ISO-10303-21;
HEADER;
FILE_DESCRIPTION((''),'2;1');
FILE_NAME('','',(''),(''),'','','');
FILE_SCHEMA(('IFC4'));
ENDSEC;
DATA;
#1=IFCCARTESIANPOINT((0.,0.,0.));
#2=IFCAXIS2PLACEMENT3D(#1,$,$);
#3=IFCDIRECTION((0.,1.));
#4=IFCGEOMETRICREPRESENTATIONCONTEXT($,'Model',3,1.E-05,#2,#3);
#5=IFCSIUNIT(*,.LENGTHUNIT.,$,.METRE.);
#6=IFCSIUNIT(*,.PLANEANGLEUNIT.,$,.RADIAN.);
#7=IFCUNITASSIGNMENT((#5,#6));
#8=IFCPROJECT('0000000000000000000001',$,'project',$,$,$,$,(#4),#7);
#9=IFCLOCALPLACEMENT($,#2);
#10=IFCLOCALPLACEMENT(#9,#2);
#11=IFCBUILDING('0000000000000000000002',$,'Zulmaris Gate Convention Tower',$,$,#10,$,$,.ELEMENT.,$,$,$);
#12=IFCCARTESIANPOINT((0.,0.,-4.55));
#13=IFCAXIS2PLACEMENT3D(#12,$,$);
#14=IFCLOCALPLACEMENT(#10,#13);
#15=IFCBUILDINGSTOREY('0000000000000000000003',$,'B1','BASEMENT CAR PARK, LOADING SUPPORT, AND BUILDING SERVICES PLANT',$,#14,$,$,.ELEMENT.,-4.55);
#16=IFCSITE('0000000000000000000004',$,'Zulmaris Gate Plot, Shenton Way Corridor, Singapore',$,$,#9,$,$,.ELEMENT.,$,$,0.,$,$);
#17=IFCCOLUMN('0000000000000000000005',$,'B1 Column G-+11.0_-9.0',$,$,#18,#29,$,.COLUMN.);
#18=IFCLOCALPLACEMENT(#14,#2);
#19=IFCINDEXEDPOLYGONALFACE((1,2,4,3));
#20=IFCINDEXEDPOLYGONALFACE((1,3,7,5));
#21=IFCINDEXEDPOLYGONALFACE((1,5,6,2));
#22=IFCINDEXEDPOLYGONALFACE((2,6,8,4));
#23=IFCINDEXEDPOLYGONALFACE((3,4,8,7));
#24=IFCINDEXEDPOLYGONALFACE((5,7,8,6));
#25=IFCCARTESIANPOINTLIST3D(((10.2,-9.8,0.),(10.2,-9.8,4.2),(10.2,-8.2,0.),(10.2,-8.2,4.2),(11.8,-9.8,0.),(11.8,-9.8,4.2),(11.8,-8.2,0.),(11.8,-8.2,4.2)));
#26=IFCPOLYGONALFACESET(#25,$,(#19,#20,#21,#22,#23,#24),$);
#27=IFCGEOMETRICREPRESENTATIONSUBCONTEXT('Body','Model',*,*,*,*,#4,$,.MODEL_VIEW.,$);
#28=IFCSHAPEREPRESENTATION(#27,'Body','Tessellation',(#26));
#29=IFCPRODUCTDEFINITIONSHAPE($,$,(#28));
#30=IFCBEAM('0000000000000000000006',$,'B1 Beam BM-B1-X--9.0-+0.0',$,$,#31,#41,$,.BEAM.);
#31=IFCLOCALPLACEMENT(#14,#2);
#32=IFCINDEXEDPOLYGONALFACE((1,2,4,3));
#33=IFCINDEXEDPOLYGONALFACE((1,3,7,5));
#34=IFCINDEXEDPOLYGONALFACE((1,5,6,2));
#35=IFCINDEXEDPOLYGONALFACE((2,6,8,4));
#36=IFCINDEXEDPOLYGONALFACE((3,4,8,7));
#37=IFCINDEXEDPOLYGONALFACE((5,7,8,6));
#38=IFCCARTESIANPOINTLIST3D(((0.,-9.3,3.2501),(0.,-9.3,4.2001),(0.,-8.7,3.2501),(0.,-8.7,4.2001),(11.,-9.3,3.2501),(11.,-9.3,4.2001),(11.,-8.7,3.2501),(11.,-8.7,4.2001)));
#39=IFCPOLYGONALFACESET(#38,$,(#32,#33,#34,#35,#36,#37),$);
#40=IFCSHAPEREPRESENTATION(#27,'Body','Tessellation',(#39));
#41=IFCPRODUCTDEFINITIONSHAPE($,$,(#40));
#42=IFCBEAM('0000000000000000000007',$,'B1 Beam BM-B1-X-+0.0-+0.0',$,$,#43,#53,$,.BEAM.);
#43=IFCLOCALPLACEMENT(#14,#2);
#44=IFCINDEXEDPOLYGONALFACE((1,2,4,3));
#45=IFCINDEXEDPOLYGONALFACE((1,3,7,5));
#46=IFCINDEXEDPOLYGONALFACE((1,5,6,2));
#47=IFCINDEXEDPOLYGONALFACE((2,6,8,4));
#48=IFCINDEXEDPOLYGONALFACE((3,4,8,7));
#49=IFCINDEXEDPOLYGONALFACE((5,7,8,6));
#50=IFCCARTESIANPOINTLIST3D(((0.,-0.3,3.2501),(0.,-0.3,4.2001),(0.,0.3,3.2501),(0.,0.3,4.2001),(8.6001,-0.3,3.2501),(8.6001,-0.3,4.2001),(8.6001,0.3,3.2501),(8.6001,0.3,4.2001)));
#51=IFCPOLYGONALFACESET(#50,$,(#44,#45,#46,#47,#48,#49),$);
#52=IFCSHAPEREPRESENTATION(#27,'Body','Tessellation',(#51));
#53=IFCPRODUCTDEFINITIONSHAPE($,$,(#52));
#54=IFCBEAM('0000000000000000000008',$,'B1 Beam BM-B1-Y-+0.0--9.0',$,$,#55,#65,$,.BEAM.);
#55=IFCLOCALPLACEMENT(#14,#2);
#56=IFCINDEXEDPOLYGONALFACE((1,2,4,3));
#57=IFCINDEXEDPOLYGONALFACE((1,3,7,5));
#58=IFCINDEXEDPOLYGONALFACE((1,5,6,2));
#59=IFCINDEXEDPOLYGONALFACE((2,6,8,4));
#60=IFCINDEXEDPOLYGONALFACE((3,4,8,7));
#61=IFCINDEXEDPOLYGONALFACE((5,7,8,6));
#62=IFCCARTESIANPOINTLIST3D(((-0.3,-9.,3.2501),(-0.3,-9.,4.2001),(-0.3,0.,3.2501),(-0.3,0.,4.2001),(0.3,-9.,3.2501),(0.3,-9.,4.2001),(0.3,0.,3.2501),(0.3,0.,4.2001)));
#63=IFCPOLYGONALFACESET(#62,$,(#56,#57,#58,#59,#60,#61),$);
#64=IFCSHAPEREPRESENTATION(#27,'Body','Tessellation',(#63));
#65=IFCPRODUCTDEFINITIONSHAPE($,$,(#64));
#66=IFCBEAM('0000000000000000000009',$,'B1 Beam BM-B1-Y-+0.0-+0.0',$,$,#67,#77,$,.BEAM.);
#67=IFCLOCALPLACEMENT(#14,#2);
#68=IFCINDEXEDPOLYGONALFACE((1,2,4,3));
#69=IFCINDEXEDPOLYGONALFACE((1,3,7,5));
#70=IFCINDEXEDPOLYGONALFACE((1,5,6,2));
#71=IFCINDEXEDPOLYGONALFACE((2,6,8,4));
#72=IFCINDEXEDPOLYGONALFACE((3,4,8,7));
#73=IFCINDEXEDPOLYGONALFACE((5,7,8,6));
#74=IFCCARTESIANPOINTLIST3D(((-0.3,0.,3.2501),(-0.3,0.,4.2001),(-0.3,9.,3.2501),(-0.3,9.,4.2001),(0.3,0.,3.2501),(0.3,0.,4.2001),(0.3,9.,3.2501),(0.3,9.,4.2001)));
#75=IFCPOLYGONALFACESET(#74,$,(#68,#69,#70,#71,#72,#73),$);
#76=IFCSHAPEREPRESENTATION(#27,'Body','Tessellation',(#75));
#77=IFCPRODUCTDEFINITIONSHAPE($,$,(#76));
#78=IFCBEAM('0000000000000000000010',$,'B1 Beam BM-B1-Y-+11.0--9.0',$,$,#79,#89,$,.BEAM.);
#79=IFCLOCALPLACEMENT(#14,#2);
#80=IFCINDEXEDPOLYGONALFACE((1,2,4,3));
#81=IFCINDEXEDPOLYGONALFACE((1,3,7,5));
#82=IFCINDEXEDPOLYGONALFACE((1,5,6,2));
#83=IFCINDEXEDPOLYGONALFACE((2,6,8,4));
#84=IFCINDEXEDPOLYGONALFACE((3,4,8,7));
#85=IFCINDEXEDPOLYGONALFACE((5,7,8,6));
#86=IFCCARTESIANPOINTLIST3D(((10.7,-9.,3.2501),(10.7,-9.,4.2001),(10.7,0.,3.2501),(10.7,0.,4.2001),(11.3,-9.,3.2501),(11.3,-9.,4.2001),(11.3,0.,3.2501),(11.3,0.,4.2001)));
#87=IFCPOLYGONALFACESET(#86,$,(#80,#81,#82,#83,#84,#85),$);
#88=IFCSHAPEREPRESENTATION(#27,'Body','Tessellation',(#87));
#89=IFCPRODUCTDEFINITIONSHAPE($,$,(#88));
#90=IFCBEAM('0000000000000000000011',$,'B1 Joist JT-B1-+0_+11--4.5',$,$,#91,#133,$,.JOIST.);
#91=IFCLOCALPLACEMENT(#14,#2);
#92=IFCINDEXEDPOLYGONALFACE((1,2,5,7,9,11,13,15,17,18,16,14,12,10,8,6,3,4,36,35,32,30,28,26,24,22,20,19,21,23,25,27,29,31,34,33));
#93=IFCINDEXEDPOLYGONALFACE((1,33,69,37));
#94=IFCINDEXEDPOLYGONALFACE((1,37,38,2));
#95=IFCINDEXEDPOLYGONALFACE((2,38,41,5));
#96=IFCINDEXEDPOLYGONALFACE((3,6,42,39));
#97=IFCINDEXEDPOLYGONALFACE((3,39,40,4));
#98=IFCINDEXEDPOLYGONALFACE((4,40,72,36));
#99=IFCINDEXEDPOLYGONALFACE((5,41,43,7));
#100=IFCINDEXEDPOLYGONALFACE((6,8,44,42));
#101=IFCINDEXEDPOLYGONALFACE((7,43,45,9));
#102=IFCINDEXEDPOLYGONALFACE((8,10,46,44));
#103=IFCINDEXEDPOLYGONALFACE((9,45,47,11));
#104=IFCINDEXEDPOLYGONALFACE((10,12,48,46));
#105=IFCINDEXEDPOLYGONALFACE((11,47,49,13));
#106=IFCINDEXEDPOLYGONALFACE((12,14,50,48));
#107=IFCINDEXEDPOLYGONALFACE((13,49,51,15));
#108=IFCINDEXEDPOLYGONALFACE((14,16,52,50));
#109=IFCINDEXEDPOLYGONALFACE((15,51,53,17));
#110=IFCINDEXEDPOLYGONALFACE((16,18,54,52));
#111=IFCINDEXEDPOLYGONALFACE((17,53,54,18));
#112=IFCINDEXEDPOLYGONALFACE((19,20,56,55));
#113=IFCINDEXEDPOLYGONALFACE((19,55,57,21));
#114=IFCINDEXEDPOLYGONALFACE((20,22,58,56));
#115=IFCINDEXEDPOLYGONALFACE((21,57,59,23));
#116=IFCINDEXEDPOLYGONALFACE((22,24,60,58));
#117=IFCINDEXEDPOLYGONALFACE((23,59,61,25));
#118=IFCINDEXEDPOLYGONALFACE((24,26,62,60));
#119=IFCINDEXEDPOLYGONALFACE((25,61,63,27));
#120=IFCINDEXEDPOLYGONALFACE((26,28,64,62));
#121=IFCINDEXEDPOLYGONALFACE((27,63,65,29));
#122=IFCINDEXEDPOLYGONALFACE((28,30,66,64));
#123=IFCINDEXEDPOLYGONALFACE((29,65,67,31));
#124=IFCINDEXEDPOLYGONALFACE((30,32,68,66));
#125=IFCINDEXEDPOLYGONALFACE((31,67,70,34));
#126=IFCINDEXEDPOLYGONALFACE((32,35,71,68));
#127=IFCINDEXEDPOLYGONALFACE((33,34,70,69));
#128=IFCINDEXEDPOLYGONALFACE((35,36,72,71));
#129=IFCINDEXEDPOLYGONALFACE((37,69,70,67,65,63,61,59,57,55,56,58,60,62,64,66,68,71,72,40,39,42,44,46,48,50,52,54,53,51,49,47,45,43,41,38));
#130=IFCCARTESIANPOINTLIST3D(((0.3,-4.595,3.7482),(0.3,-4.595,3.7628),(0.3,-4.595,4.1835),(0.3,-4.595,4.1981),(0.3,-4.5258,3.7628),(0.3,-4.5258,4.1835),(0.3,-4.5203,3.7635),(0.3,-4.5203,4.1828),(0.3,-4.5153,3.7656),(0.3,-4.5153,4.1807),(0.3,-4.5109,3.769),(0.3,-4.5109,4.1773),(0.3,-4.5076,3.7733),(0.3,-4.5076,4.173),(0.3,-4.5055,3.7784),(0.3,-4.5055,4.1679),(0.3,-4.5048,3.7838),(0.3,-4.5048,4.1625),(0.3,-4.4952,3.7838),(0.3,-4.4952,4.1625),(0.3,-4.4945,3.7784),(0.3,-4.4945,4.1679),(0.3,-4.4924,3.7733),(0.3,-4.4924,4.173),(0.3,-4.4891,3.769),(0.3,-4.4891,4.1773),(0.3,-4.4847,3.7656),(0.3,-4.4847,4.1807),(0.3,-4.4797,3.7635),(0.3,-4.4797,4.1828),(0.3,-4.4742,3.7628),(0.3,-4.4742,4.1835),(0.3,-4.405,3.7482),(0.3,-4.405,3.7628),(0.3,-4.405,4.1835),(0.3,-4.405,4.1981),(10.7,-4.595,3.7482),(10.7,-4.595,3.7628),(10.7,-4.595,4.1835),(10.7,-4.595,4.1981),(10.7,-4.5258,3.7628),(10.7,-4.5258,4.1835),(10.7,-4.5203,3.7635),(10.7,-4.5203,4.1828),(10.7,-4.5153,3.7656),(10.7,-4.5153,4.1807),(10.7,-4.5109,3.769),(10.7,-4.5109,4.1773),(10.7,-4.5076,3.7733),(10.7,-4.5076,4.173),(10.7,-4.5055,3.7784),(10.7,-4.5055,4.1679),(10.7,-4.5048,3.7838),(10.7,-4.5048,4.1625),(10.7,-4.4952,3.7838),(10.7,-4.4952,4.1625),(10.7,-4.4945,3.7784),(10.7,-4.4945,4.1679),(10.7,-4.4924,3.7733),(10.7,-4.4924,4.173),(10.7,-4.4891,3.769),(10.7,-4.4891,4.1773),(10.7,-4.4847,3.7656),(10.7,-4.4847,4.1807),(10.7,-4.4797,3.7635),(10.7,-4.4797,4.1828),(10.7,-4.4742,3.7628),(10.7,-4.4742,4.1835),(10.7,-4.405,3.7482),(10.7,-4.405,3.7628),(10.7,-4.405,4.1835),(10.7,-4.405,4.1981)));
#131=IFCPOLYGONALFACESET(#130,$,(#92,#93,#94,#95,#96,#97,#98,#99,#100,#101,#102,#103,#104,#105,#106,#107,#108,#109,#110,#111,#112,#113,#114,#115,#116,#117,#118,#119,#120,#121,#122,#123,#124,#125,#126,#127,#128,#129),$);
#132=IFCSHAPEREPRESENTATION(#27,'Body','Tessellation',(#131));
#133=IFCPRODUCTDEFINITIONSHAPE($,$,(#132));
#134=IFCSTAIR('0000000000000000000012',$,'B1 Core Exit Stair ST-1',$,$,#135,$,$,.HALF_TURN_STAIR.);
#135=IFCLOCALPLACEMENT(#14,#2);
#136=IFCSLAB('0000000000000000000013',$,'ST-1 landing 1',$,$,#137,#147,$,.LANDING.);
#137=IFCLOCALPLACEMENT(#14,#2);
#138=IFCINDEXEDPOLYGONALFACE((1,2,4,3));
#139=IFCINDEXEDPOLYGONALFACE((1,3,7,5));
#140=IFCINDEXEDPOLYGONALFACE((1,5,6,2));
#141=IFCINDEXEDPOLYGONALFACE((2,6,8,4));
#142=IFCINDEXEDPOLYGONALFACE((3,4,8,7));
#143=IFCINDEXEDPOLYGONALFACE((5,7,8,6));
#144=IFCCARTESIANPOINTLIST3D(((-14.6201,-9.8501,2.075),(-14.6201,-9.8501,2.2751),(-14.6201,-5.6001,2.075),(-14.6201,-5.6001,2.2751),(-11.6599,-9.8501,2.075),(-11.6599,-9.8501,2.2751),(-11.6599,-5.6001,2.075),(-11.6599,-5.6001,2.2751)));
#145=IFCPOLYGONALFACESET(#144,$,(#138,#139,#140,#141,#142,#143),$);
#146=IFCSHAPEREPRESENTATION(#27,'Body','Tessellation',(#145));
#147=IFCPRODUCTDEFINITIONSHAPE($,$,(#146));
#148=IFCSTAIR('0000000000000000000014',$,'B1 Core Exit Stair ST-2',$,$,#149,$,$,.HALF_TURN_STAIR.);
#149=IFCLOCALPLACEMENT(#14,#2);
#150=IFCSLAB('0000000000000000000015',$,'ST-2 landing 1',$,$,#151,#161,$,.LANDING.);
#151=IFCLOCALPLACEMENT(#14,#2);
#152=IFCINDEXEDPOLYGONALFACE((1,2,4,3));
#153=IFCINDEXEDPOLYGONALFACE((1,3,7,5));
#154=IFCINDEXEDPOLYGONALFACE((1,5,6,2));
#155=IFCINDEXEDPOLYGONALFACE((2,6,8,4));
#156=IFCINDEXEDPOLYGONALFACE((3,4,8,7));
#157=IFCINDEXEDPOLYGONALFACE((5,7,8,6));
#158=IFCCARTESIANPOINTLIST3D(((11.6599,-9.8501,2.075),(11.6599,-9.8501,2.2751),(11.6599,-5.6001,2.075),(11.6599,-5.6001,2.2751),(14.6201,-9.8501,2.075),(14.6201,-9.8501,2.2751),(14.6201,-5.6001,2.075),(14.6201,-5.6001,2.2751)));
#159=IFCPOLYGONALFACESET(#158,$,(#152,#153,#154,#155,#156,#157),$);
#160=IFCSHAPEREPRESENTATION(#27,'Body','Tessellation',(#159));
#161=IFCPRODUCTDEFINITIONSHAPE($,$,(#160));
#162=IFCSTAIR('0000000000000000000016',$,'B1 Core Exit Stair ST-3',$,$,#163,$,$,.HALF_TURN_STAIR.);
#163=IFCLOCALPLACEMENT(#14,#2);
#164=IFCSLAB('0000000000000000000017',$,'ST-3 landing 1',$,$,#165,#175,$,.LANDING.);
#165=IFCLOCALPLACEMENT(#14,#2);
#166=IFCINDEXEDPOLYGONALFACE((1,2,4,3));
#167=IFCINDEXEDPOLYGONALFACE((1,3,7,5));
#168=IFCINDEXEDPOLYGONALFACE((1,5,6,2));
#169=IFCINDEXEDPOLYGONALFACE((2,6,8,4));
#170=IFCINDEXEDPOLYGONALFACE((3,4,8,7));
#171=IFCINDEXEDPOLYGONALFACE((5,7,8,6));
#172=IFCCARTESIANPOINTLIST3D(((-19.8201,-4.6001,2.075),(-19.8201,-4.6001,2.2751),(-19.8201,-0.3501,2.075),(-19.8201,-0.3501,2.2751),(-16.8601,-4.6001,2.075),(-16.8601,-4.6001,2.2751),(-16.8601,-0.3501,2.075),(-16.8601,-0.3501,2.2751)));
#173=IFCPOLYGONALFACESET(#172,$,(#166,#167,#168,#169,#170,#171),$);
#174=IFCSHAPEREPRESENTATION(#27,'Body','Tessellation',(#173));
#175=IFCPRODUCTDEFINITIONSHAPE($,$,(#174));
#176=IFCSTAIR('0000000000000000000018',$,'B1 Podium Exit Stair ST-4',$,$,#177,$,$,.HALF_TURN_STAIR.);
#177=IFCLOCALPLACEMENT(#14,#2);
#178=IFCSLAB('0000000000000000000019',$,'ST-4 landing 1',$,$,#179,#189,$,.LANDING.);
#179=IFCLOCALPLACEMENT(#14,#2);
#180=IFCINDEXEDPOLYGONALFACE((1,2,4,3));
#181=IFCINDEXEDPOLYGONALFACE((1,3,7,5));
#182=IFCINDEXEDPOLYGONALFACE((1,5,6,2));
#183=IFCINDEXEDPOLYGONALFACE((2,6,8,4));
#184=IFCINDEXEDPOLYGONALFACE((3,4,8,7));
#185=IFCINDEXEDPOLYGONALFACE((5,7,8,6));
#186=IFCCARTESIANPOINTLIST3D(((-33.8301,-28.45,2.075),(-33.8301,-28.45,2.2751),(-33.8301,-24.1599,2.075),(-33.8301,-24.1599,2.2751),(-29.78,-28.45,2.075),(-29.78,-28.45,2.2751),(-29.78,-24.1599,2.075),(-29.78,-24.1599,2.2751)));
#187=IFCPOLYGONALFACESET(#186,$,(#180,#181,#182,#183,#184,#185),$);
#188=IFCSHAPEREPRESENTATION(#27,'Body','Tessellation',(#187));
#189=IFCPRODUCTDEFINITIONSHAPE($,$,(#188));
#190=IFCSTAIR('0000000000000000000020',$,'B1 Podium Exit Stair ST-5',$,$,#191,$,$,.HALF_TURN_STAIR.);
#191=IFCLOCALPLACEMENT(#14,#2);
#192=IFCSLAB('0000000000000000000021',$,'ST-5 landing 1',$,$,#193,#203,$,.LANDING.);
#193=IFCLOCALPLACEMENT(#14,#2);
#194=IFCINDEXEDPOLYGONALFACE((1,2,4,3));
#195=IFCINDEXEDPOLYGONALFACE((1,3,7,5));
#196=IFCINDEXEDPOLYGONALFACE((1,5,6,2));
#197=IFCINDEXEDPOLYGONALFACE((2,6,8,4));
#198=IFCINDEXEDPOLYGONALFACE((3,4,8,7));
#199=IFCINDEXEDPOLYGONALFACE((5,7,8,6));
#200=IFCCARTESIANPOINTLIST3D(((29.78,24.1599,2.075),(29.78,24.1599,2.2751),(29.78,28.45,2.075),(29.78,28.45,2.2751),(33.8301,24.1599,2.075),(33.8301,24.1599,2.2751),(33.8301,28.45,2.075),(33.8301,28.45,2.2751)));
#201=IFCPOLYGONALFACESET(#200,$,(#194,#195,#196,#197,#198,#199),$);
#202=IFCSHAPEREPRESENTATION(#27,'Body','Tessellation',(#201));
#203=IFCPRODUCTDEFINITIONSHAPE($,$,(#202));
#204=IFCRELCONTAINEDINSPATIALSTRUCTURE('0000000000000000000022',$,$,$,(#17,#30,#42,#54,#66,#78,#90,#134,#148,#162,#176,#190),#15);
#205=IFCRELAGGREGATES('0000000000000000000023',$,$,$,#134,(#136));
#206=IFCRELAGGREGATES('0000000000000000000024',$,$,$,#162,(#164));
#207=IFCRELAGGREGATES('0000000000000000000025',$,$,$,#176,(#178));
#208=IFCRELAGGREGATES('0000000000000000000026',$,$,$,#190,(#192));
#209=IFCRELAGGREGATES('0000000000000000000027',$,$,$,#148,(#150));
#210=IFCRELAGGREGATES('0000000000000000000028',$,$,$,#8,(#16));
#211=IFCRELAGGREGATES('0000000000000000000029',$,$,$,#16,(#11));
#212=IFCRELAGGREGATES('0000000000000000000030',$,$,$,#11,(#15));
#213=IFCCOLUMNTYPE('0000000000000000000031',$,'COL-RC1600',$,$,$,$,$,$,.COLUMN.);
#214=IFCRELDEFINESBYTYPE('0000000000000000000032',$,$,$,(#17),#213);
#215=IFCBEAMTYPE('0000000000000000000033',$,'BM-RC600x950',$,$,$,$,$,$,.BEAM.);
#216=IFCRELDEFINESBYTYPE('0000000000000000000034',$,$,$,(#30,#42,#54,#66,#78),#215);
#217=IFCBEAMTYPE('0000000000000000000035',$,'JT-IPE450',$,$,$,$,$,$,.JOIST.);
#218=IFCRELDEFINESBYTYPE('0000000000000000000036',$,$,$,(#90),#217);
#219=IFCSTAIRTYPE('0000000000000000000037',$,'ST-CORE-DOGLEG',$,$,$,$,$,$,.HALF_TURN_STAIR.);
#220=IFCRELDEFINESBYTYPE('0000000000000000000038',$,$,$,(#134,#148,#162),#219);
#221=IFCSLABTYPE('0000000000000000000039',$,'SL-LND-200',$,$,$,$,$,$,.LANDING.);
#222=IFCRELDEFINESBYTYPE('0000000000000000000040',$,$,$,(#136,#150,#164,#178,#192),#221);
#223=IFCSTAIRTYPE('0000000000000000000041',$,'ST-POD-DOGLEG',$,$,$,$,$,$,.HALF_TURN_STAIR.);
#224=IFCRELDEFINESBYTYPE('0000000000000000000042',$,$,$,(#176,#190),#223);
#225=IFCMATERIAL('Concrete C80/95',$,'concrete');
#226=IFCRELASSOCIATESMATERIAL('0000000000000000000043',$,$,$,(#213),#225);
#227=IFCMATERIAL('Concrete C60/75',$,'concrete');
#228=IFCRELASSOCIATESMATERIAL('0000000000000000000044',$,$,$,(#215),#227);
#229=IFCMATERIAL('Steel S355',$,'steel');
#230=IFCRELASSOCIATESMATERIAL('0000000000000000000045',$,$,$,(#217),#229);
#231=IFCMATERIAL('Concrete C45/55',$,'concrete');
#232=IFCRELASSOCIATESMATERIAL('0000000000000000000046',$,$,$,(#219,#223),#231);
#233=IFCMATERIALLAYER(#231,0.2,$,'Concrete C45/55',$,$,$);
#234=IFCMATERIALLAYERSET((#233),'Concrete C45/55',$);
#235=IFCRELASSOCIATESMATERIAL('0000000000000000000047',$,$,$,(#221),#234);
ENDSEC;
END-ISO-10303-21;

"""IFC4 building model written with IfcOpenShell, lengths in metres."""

from ifc_helpers import new_model, si_unit, direction, frame, origin, origin_2d, place, context, subcontext, project, spatial, polyline, rectangle, i_section, outline, extrude, material, layer, layer_set, material_profile, profile_set, type_object, element, aggregate, save


model = new_model("IFC4")

# Units and contexts
model_context = context("Model", 3, precision=1e-05, world=origin(), true_north=direction((0.0, 1.0)))
body_context = subcontext(model_context, "Body", "Model", "MODEL_VIEW")
ifc_project = project(units=[si_unit("LENGTHUNIT", "METRE"), si_unit("PLANEANGLEUNIT", "RADIAN")], contexts=[model_context])

# Site, building, storey
site_placement = place(None, origin())
site = spatial("IfcSite", under=ifc_project, at=site_placement, Name="Zulmaris Gate Plot, Shenton Way Corridor, Singapore", CompositionType="ELEMENT", RefElevation=0.0)
building_placement = place(site_placement, origin())
building = spatial("IfcBuilding", under=site, at=building_placement, Name="Zulmaris Gate Convention Tower", CompositionType="ELEMENT")
storey_placement = place(building_placement, frame((0.0, 0.0, -4.55)))
storey = spatial("IfcBuildingStorey", under=building, at=storey_placement, Name="B1", Description="BASEMENT CAR PARK, LOADING SUPPORT, AND BUILDING SERVICES PLANT", CompositionType="ELEMENT", Elevation=-4.55)

# Column
ifc_material_1 = material(Name="Concrete C80/95", Category="concrete")
ifc_material_profile_1 = material_profile(ifc_material_1, rectangle(XDim=1.6001, YDim=1.6001, at=origin_2d()), Name="RC COL 1600x1600")
ifc_profile_set_1 = profile_set([ifc_material_profile_1], Name="Concrete C80/95")
column_type = type_object("IfcColumnType", Name="COL-RC1600", PredefinedType="COLUMN", material=ifc_profile_set_1)
column_placement = place(storey_placement, frame((11.0, -9.0, 0.0), z_axis=(0.0, 0.0, 1.0), x_axis=(1.0, 0.0, 0.0)))
element("IfcColumn", 1, at=column_placement, inside=storey, type_object=column_type, Name="B1 Column G-+11.0_-9.0", PredefinedType="COLUMN", context=body_context, shape_type="SweptSolid", body=[
    extrude(rectangle(XDim=1.6001, YDim=1.6001, at=origin_2d()), origin(), (0.0, 0.0, 1.0), 4.2),
])

# Beams
ifc_material_2 = material(Name="Concrete C60/75", Category="concrete")
ifc_material_profile_2 = material_profile(ifc_material_2, rectangle(XDim=0.6001, YDim=0.95, at=origin_2d()), Name="RC BEAM 600x950")
ifc_profile_set_2 = profile_set([ifc_material_profile_2], Name="Concrete C60/75")
beam_type_1 = type_object("IfcBeamType", Name="BM-RC600x950", PredefinedType="BEAM", material=ifc_profile_set_2)
beam_1_placement = place(storey_placement, frame((0.0, -9.0, 3.7251), z_axis=(1.0, 0.0, 0.0), x_axis=(0.0, 1.0, 0.0)))
element("IfcBeam", 2, at=beam_1_placement, inside=storey, type_object=beam_type_1, Name="B1 Beam BM-B1-X--9.0-+0.0", PredefinedType="BEAM", context=body_context, shape_type="SweptSolid", body=[
    extrude(rectangle(XDim=0.6001, YDim=0.95, at=origin_2d()), origin(), (0.0, 0.0, 1.0), 11.0),
])
beam_2_placement = place(storey_placement, frame((0.0, 0.0, 3.7251), z_axis=(1.0, 0.0, 0.0), x_axis=(0.0, 1.0, 0.0)))
element("IfcBeam", 3, at=beam_2_placement, inside=storey, type_object=beam_type_1, Name="B1 Beam BM-B1-X-+0.0-+0.0", PredefinedType="BEAM", context=body_context, shape_type="SweptSolid", body=[
    extrude(rectangle(XDim=0.6001, YDim=0.95, at=origin_2d()), origin(), (0.0, 0.0, 1.0), 8.6001),
])
for number, where, z_axis, x_axis, name in (
    (4, (0.0, -9.0, 3.7251), (0.0, 1.0, 0.0), (-1.0, 0.0, 0.0), "B1 Beam BM-B1-Y-+0.0--9.0"),
    (5, (0.0, 0.0, 3.7251), (0.0, 1.0, 0.0), (-1.0, 0.0, 0.0), "B1 Beam BM-B1-Y-+0.0-+0.0"),
    (6, (11.0, -9.0, 3.7251), (0.0, 1.0, 0.0), (-1.0, 0.0, 0.0), "B1 Beam BM-B1-Y-+11.0--9.0"),
):
    element("IfcBeam", number, at=place(storey_placement, frame(where, z_axis=z_axis, x_axis=x_axis)), inside=storey, type_object=beam_type_1, Name=name, PredefinedType="BEAM", context=body_context, shape_type="SweptSolid", body=[
        extrude(rectangle(XDim=0.6001, YDim=0.95, at=origin_2d()), origin(), (0.0, 0.0, 1.0), 9.0),
    ])
ifc_material_3 = material(Name="Steel S355", Category="steel")
ifc_material_profile_3 = material_profile(ifc_material_3, i_section(OverallWidth=0.1899, OverallDepth=0.45, WebThickness=0.0095, FlangeThickness=0.0146, FilletRadius=0.021, at=origin_2d()), Name="IPE 450")
ifc_profile_set_3 = profile_set([ifc_material_profile_3], Name="Steel S355")
beam_type_2 = type_object("IfcBeamType", Name="JT-IPE450", PredefinedType="JOIST", material=ifc_profile_set_3)
beam_3_placement = place(storey_placement, frame((0.3, -4.5, 3.9731), z_axis=(1.0, 0.0, 0.0), x_axis=(0.0, 1.0, 0.0)))
element("IfcBeam", 7, at=beam_3_placement, inside=storey, type_object=beam_type_2, Name="B1 Joist JT-B1-+0_+11--4.5", PredefinedType="JOIST", context=body_context, shape_type="SweptSolid", body=[
    extrude(i_section(OverallWidth=0.1899, OverallDepth=0.45, WebThickness=0.0095, FlangeThickness=0.0146, FilletRadius=0.021, at=origin_2d()), origin(), (0.0, 0.0, 1.0), 10.3999),
])

# Stairs, slabs
ifc_material_4 = material(Name="Concrete C45/55", Category="concrete")
stair_type_1 = type_object("IfcStairType", Name="ST-CORE-DOGLEG", PredefinedType="HALF_TURN_STAIR", material=ifc_material_4)
stair_1_placement = place(storey_placement, origin())
stair_1 = element("IfcStair", 8, at=stair_1_placement, inside=storey, type_object=stair_type_1, Name="B1 Core Exit Stair ST-1", PredefinedType="HALF_TURN_STAIR")
ifc_layer_1 = layer(ifc_material_4, 0.2, Name="Concrete C45/55")
ifc_layer_set_1 = layer_set([ifc_layer_1], Name="Concrete C45/55")
slab_type = type_object("IfcSlabType", Name="SL-LND-200", PredefinedType="LANDING", material=ifc_layer_set_1)
slab_1_placement = place(storey_placement, frame((0.0, 0.0, 2.075)))
slab_1 = element("IfcSlab", 9, at=slab_1_placement, type_object=slab_type, Name="ST-1 landing 1", PredefinedType="LANDING", context=body_context, shape_type="SweptSolid", body=[
    extrude(outline(polyline([(-14.6201, -5.6001), (-14.6201, -9.8501), (-11.6599, -9.8501), (-11.6599, -5.6001), (-14.6201, -5.6001)])), origin(), (0.0, 0.0, 1.0), 0.2002),
])
aggregate(stair_1, [slab_1])
stair_2_placement = place(storey_placement, origin())
stair_2 = element("IfcStair", 10, at=stair_2_placement, inside=storey, type_object=stair_type_1, Name="B1 Core Exit Stair ST-2", PredefinedType="HALF_TURN_STAIR")
slab_2_placement = place(storey_placement, frame((0.0, 0.0, 2.075)))
slab_2 = element("IfcSlab", 11, at=slab_2_placement, type_object=slab_type, Name="ST-2 landing 1", PredefinedType="LANDING", context=body_context, shape_type="SweptSolid", body=[
    extrude(outline(polyline([(11.6599, -5.6001), (11.6599, -9.8501), (14.6201, -9.8501), (14.6201, -5.6001), (11.6599, -5.6001)])), origin(), (0.0, 0.0, 1.0), 0.2002),
])
stair_3_placement = place(storey_placement, origin())
stair_3 = element("IfcStair", 12, at=stair_3_placement, inside=storey, type_object=stair_type_1, Name="B1 Core Exit Stair ST-3", PredefinedType="HALF_TURN_STAIR")
slab_3_placement = place(storey_placement, frame((0.0, 0.0, 2.075)))
slab_3 = element("IfcSlab", 13, at=slab_3_placement, type_object=slab_type, Name="ST-3 landing 1", PredefinedType="LANDING", context=body_context, shape_type="SweptSolid", body=[
    extrude(outline(polyline([(-16.8601, -4.6001), (-16.8601, -0.3501), (-19.8201, -0.3501), (-19.8201, -4.6001), (-16.8601, -4.6001)])), origin(), (0.0, 0.0, 1.0), 0.2002),
])
aggregate(stair_3, [slab_3])
stair_type_2 = type_object("IfcStairType", Name="ST-POD-DOGLEG", PredefinedType="HALF_TURN_STAIR", material=ifc_material_4)
stair_4_placement = place(storey_placement, origin())
stair_4 = element("IfcStair", 14, at=stair_4_placement, inside=storey, type_object=stair_type_2, Name="B1 Podium Exit Stair ST-4", PredefinedType="HALF_TURN_STAIR")
slab_4_placement = place(storey_placement, frame((0.0, 0.0, 2.075)))
slab_4 = element("IfcSlab", 15, at=slab_4_placement, type_object=slab_type, Name="ST-4 landing 1", PredefinedType="LANDING", context=body_context, shape_type="SweptSolid", body=[
    extrude(outline(polyline([(-33.8301, -24.1599), (-33.8301, -28.45), (-29.78, -28.45), (-29.78, -24.1599), (-33.8301, -24.1599)])), origin(), (0.0, 0.0, 1.0), 0.2002),
])
aggregate(stair_4, [slab_4])
stair_5_placement = place(storey_placement, origin())
stair_5 = element("IfcStair", 16, at=stair_5_placement, inside=storey, type_object=stair_type_2, Name="B1 Podium Exit Stair ST-5", PredefinedType="HALF_TURN_STAIR")
slab_5_placement = place(storey_placement, frame((0.0, 0.0, 2.075)))
slab_5 = element("IfcSlab", 17, at=slab_5_placement, type_object=slab_type, Name="ST-5 landing 1", PredefinedType="LANDING", context=body_context, shape_type="SweptSolid", body=[
    extrude(outline(polyline([(33.8301, 24.1599), (33.8301, 28.45), (29.78, 28.45), (29.78, 24.1599), (33.8301, 24.1599)])), origin(), (0.0, 0.0, 1.0), 0.2002),
])
aggregate(stair_5, [slab_5])

aggregate(stair_2, [slab_2])

save(model, "model.ifc")
